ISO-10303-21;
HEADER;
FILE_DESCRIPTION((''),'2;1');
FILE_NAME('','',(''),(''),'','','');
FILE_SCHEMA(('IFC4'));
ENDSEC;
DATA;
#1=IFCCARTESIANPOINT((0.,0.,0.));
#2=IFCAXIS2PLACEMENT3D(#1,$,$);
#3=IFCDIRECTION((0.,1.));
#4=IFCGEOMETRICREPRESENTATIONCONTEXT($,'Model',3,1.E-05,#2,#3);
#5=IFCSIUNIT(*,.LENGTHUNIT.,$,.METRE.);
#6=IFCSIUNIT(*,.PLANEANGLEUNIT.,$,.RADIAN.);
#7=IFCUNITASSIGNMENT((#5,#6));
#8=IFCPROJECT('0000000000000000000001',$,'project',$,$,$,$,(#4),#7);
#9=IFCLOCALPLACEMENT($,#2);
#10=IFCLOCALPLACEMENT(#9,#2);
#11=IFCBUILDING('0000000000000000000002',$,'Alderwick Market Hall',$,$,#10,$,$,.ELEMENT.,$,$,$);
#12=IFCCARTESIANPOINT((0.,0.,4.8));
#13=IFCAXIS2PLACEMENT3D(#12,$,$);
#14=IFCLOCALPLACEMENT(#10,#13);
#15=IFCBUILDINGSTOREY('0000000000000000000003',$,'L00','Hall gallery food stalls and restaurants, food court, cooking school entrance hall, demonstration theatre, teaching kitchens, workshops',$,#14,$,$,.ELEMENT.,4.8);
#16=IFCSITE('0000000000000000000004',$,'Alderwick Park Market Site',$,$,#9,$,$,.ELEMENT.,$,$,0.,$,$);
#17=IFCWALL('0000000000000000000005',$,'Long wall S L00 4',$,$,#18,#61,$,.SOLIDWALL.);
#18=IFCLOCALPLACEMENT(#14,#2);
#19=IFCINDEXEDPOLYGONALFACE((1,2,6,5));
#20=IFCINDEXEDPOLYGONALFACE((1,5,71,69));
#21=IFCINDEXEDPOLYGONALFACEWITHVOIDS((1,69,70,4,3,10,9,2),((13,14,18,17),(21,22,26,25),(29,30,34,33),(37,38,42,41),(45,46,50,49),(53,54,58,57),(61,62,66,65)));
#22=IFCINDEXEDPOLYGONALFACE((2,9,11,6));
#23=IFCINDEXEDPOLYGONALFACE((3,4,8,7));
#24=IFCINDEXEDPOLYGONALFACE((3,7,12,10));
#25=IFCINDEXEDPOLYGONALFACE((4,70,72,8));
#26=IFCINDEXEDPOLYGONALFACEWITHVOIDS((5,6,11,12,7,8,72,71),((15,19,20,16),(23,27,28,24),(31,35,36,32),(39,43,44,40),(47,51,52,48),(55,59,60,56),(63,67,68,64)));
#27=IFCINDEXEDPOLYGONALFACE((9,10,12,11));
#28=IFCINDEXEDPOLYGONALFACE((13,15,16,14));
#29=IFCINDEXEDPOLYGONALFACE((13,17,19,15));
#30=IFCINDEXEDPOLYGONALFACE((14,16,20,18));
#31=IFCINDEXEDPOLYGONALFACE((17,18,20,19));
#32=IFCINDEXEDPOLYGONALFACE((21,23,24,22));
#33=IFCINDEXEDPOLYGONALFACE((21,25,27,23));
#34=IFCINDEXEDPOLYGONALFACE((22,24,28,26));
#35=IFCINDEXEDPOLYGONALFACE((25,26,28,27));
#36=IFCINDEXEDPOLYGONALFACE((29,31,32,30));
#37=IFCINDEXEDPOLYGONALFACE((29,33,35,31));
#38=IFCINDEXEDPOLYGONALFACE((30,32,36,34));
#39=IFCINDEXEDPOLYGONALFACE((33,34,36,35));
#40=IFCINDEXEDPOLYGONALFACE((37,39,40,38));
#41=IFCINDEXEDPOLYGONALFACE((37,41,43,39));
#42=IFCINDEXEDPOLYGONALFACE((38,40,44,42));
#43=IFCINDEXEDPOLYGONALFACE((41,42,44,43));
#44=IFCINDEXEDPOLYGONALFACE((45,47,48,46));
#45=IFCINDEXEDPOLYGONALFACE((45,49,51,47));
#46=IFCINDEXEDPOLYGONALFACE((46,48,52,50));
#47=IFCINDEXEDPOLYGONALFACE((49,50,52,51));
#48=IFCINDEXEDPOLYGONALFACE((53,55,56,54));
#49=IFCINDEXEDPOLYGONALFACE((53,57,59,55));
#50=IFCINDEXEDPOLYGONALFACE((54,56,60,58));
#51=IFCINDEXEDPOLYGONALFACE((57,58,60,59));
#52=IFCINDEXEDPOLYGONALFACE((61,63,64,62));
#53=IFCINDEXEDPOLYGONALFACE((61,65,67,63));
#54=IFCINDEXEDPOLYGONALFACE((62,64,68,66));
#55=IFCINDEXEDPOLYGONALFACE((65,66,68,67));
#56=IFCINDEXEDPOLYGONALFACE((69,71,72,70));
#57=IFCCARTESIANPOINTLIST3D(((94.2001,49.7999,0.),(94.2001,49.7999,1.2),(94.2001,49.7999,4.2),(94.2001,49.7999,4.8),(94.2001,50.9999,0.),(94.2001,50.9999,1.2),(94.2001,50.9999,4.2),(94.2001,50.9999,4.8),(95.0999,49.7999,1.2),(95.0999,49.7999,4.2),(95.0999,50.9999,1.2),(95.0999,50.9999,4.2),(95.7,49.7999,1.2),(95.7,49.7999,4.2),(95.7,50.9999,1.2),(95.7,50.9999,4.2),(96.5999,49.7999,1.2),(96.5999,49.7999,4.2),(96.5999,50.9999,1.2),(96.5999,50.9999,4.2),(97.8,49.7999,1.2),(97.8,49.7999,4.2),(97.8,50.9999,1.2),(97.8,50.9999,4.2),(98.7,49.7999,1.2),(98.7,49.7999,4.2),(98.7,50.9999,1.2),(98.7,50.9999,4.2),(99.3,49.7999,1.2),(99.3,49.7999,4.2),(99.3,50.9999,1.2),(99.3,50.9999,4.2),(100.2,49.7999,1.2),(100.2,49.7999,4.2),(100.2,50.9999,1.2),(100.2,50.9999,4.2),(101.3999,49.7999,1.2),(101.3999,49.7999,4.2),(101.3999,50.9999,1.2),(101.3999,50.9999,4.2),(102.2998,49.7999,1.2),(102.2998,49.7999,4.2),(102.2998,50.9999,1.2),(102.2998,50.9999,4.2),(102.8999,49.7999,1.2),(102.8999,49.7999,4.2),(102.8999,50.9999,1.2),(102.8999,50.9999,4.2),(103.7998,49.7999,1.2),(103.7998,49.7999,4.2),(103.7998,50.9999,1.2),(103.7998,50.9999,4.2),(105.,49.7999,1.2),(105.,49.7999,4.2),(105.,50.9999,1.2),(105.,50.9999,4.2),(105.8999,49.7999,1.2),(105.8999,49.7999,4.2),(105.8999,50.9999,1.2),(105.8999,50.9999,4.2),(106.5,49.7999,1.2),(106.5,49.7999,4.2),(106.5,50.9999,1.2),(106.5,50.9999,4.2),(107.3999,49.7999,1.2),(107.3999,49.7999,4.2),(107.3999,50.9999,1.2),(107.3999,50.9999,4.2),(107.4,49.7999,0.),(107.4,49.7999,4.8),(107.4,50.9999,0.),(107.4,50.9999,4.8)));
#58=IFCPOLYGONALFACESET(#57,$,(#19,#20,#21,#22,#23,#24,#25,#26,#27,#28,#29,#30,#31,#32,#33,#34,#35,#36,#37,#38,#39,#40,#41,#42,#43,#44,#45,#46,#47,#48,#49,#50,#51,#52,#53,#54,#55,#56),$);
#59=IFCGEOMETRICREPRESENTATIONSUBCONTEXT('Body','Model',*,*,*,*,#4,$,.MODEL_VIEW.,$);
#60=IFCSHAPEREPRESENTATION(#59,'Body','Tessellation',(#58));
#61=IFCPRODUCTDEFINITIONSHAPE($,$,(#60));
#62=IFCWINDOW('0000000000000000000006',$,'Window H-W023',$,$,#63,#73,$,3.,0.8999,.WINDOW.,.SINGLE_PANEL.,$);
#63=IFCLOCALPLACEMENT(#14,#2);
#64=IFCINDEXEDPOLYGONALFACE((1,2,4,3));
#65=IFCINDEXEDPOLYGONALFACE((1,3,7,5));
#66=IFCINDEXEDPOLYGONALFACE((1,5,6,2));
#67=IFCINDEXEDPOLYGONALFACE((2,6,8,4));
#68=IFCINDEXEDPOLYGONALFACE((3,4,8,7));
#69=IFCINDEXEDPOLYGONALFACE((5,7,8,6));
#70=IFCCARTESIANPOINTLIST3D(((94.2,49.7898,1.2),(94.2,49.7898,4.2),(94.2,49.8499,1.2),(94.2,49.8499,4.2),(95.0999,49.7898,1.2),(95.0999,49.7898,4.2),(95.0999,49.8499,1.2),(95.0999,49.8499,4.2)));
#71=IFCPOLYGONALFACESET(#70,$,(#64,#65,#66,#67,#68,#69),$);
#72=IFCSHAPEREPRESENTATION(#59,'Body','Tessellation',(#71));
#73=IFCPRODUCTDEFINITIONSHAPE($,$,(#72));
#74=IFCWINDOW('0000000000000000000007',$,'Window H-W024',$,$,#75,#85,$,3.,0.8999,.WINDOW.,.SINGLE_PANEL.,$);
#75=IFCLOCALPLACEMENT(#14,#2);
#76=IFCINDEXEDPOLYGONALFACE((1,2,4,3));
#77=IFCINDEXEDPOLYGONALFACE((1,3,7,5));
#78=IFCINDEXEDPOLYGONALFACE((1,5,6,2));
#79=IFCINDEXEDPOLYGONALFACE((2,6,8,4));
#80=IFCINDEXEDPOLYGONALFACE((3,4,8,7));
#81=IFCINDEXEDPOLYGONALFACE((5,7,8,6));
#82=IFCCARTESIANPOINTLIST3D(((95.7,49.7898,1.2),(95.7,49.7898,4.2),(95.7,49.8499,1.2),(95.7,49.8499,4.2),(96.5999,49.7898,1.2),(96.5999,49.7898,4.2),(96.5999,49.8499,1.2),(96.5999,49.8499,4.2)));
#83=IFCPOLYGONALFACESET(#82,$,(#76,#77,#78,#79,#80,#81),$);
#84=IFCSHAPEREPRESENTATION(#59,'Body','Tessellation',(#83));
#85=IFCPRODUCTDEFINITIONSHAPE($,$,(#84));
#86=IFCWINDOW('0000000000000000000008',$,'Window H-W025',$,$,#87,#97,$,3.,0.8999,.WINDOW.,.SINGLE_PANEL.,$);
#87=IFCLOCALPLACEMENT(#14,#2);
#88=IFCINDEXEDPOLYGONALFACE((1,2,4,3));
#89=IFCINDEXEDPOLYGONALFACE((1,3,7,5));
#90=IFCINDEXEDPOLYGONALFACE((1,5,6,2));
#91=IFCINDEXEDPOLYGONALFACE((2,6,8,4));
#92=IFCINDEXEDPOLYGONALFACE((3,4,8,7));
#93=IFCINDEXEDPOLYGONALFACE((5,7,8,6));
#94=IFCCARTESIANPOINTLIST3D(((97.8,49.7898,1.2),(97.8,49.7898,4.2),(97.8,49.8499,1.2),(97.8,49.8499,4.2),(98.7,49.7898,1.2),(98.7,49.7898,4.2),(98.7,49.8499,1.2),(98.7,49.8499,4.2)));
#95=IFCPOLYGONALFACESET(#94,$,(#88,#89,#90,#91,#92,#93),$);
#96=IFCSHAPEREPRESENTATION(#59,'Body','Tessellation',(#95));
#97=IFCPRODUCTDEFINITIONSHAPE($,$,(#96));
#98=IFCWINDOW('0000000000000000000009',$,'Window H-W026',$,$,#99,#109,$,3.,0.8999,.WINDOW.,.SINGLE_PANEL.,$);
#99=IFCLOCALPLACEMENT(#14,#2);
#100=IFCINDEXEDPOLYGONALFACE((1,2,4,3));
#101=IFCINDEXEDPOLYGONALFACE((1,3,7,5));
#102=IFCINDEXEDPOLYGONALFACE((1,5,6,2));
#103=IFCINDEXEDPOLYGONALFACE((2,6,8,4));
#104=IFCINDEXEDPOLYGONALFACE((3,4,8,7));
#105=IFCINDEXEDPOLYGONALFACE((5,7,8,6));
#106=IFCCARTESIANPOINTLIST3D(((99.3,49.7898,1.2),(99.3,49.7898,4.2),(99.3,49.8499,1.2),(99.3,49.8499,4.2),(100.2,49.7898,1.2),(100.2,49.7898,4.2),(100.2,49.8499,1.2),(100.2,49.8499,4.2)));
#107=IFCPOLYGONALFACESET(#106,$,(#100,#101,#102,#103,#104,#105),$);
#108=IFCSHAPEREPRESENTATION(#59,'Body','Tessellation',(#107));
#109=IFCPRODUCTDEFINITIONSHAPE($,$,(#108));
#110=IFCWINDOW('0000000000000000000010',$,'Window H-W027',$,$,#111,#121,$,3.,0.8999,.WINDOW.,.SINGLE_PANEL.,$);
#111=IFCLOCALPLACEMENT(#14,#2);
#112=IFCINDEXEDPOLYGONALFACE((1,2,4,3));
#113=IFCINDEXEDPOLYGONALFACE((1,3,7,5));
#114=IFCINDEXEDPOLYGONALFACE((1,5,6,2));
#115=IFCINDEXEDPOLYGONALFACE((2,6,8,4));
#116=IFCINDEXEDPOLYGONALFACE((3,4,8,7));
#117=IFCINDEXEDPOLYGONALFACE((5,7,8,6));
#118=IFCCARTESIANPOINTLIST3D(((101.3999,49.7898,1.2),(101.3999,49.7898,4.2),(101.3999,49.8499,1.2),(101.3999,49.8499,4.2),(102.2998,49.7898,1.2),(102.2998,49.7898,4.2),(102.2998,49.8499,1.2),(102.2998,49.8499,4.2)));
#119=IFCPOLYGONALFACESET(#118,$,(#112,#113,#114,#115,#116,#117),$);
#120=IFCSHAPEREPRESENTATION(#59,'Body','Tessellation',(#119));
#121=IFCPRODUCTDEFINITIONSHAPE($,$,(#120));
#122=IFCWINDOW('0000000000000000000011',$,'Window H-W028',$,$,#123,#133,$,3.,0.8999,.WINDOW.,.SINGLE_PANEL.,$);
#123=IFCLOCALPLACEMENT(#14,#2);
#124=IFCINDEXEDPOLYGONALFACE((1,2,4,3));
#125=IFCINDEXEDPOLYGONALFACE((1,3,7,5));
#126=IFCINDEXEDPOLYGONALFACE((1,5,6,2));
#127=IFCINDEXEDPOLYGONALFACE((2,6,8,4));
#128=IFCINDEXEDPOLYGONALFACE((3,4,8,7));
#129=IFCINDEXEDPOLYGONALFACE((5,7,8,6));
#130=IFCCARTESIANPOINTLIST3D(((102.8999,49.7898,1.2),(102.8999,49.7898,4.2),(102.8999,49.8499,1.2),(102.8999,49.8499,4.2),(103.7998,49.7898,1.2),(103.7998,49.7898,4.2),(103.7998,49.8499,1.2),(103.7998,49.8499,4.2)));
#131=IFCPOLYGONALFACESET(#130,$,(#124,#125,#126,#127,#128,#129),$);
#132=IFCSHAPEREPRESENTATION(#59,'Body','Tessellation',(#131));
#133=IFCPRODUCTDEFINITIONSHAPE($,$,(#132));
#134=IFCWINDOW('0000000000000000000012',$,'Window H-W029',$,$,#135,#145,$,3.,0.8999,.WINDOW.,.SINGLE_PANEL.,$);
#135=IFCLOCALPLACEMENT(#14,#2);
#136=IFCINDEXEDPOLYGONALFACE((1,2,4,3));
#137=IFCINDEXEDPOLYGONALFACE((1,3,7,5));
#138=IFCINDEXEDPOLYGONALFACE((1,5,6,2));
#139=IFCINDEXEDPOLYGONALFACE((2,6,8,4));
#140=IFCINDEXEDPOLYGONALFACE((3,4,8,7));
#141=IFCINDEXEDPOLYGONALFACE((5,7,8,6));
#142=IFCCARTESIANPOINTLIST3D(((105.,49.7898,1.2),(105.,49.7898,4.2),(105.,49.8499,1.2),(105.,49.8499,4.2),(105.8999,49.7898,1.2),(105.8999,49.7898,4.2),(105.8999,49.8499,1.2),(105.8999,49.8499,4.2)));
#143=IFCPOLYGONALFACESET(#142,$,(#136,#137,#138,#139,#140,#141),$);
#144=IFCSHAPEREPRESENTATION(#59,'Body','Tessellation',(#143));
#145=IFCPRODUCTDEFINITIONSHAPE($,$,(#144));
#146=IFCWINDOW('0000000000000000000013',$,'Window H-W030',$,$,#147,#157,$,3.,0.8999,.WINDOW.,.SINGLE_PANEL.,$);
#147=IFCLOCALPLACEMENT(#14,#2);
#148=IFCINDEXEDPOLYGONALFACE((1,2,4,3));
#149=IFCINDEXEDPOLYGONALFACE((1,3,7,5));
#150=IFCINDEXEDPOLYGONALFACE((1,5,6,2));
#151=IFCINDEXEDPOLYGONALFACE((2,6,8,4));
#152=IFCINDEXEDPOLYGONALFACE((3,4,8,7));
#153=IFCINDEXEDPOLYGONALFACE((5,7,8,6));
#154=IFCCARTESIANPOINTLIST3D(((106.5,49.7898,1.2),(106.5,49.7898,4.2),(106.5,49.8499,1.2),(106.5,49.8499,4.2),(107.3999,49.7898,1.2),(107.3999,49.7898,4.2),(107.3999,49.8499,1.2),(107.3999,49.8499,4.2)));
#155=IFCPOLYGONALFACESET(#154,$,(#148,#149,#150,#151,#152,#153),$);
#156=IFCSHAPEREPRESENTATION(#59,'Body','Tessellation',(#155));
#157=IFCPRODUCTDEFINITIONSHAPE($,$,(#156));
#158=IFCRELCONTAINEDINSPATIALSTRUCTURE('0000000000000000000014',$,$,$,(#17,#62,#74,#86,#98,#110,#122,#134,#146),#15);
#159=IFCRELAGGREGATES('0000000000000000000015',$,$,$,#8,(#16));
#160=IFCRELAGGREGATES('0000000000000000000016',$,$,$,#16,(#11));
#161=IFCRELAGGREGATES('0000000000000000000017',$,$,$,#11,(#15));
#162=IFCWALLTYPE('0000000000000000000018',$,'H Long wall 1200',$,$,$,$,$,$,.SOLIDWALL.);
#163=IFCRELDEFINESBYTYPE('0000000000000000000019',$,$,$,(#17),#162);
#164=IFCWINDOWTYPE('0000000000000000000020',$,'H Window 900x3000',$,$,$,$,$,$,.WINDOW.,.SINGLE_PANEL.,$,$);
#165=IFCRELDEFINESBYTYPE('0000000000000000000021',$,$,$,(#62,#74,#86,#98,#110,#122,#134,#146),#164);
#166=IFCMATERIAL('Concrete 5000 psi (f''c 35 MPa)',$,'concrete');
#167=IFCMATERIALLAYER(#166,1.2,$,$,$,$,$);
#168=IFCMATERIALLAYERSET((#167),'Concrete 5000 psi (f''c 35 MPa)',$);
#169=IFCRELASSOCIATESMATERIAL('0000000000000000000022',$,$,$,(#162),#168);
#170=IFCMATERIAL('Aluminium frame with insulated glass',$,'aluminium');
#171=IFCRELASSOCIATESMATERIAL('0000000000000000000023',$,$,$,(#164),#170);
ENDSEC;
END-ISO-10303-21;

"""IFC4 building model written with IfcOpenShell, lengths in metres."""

from ifc_helpers import new_model, si_unit, direction, frame, frame_2d, origin, place, context, subcontext, project, spatial, rectangle, extrude, material, layer, layer_set, type_object, element, fill, save


model = new_model("IFC4")

# Units and contexts
model_context = context("Model", 3, precision=1e-05, world=origin(), true_north=direction((0.0, 1.0)))
body_context = subcontext(model_context, "Body", "Model", "MODEL_VIEW")
ifc_project = project(units=[si_unit("LENGTHUNIT", "METRE"), si_unit("PLANEANGLEUNIT", "RADIAN")], contexts=[model_context])

# Site, building, storey
site_placement = place(None, origin())
site = spatial("IfcSite", under=ifc_project, at=site_placement, Name="Alderwick Park Market Site", CompositionType="ELEMENT", RefElevation=0.0)
building_placement = place(site_placement, origin())
building = spatial("IfcBuilding", under=site, at=building_placement, Name="Alderwick Market Hall", CompositionType="ELEMENT")
storey_placement = place(building_placement, frame((0.0, 0.0, 4.8)))
storey = spatial("IfcBuildingStorey", under=building, at=storey_placement, Name="L00", Description="Hall gallery food stalls and restaurants, food court, cooking school entrance hall, demonstration theatre, teaching kitchens, workshops", CompositionType="ELEMENT", Elevation=4.8)

# Shared definitions
ifc_material_1 = material(Name="Concrete 5000 psi (f'c 35 MPa)", Category="concrete")

# Wall, openings, windows
ifc_layer_1 = layer(ifc_material_1, 1.2)
ifc_layer_set_1 = layer_set([ifc_layer_1], Name="Concrete 5000 psi (f'c 35 MPa)")
wall_type_1 = type_object("IfcWallType", Name="H Long wall 1200", PredefinedType="SOLIDWALL", material=ifc_layer_set_1)
wall_1_placement = place(storey_placement, frame((94.2, 50.3999, 0.0), z_axis=(0.0, 0.0, 1.0), x_axis=(1.0, 0.0, 0.0)))
wall_1 = element("IfcWall", 1, at=wall_1_placement, inside=storey, type_object=wall_type_1, Name="Long wall S L00 4", PredefinedType="SOLIDWALL", context=body_context, shape_type="SweptSolid", body=[
    extrude(rectangle(XDim=13.2, YDim=1.2, at=frame_2d((6.6001, 0.0))), origin(), (0.0, 0.0, 1.0), 4.8),
])
opening_1_placement = place(wall_1_placement, frame((0.0, 0.0, 1.2)))
opening_1 = element("IfcOpeningElement", 2, at=opening_1_placement, cuts=wall_1, PredefinedType="OPENING", context=body_context, shape_type="SweptSolid", body=[
    extrude(rectangle(XDim=0.8999, YDim=3.0, at=frame_2d((0.45, 1.5))), frame((0.0, 0.6099, 0.0), z_axis=(0.0, -1.0, 0.0), x_axis=(1.0, 0.0, 0.0)), (0.0, 0.0, 1.0), 1.22),
])
opening_2_placement = place(wall_1_placement, frame((1.5, 0.0, 1.2)))
opening_2 = element("IfcOpeningElement", 3, at=opening_2_placement, cuts=wall_1, PredefinedType="OPENING", context=body_context, shape_type="SweptSolid", body=[
    extrude(rectangle(XDim=0.8999, YDim=3.0, at=frame_2d((0.45, 1.5))), frame((0.0, 0.6099, 0.0), z_axis=(0.0, -1.0, 0.0), x_axis=(1.0, 0.0, 0.0)), (0.0, 0.0, 1.0), 1.22),
])
opening_3_placement = place(wall_1_placement, frame((3.6001, 0.0, 1.2)))
opening_3 = element("IfcOpeningElement", 4, at=opening_3_placement, cuts=wall_1, PredefinedType="OPENING", context=body_context, shape_type="SweptSolid", body=[
    extrude(rectangle(XDim=0.8999, YDim=3.0, at=frame_2d((0.45, 1.5))), frame((0.0, 0.6099, 0.0), z_axis=(0.0, -1.0, 0.0), x_axis=(1.0, 0.0, 0.0)), (0.0, 0.0, 1.0), 1.22),
])
opening_4_placement = place(wall_1_placement, frame((5.1001, 0.0, 1.2)))
opening_4 = element("IfcOpeningElement", 5, at=opening_4_placement, cuts=wall_1, PredefinedType="OPENING", context=body_context, shape_type="SweptSolid", body=[
    extrude(rectangle(XDim=0.8999, YDim=3.0, at=frame_2d((0.45, 1.5))), frame((0.0, 0.6099, 0.0), z_axis=(0.0, -1.0, 0.0), x_axis=(1.0, 0.0, 0.0)), (0.0, 0.0, 1.0), 1.22),
])
opening_5_placement = place(wall_1_placement, frame((7.2, 0.0, 1.2)))
opening_5 = element("IfcOpeningElement", 6, at=opening_5_placement, cuts=wall_1, PredefinedType="OPENING", context=body_context, shape_type="SweptSolid", body=[
    extrude(rectangle(XDim=0.8999, YDim=3.0, at=frame_2d((0.45, 1.5))), frame((0.0, 0.6099, 0.0), z_axis=(0.0, -1.0, 0.0), x_axis=(1.0, 0.0, 0.0)), (0.0, 0.0, 1.0), 1.22),
])
opening_6_placement = place(wall_1_placement, frame((8.7, 0.0, 1.2)))
opening_6 = element("IfcOpeningElement", 7, at=opening_6_placement, cuts=wall_1, PredefinedType="OPENING", context=body_context, shape_type="SweptSolid", body=[
    extrude(rectangle(XDim=0.8999, YDim=3.0, at=frame_2d((0.45, 1.5))), frame((0.0, 0.6099, 0.0), z_axis=(0.0, -1.0, 0.0), x_axis=(1.0, 0.0, 0.0)), (0.0, 0.0, 1.0), 1.22),
])
opening_7_placement = place(wall_1_placement, frame((10.8, 0.0, 1.2)))
opening_7 = element("IfcOpeningElement", 8, at=opening_7_placement, cuts=wall_1, PredefinedType="OPENING", context=body_context, shape_type="SweptSolid", body=[
    extrude(rectangle(XDim=0.8999, YDim=3.0, at=frame_2d((0.45, 1.5))), frame((0.0, 0.6099, 0.0), z_axis=(0.0, -1.0, 0.0), x_axis=(1.0, 0.0, 0.0)), (0.0, 0.0, 1.0), 1.22),
])
opening_8_placement = place(wall_1_placement, frame((12.3, 0.0, 1.2)))
opening_8 = element("IfcOpeningElement", 9, at=opening_8_placement, cuts=wall_1, PredefinedType="OPENING", context=body_context, shape_type="SweptSolid", body=[
    extrude(rectangle(XDim=0.8999, YDim=3.0, at=frame_2d((0.45, 1.5))), frame((0.0, 0.6099, 0.0), z_axis=(0.0, -1.0, 0.0), x_axis=(1.0, 0.0, 0.0)), (0.0, 0.0, 1.0), 1.22),
])
ifc_material_2 = material(Name="Aluminium frame with insulated glass", Category="aluminium")
window_type = type_object("IfcWindowType", Name="H Window 900x3000", PartitioningType="SINGLE_PANEL", PredefinedType="WINDOW", material=ifc_material_2)
window_1_placement = place(opening_1_placement, origin())
window_1 = element("IfcWindow", 10, at=window_1_placement, inside=storey, type_object=window_type, Name="Window H-W023", OverallHeight=3.0, OverallWidth=0.8999, PartitioningType="SINGLE_PANEL", PredefinedType="WINDOW", context=body_context, shape_type="SweptSolid", body=[
    extrude(rectangle(XDim=0.8999, YDim=3.0, at=frame_2d((0.45, 1.5))), frame((0.0, -0.55, 0.0), z_axis=(0.0, -1.0, 0.0), x_axis=(1.0, 0.0, 0.0)), (0.0, 0.0, 1.0), 0.0601),
])
fill(opening_1, window_1)
window_2_placement = place(opening_2_placement, origin())
window_2 = element("IfcWindow", 11, at=window_2_placement, inside=storey, type_object=window_type, Name="Window H-W024", OverallHeight=3.0, OverallWidth=0.8999, PartitioningType="SINGLE_PANEL", PredefinedType="WINDOW", context=body_context, shape_type="SweptSolid", body=[
    extrude(rectangle(XDim=0.8999, YDim=3.0, at=frame_2d((0.45, 1.5))), frame((0.0, -0.55, 0.0), z_axis=(0.0, -1.0, 0.0), x_axis=(1.0, 0.0, 0.0)), (0.0, 0.0, 1.0), 0.0601),
])
fill(opening_2, window_2)
window_3_placement = place(opening_3_placement, origin())
window_3 = element("IfcWindow", 12, at=window_3_placement, inside=storey, type_object=window_type, Name="Window H-W025", OverallHeight=3.0, OverallWidth=0.8999, PartitioningType="SINGLE_PANEL", PredefinedType="WINDOW", context=body_context, shape_type="SweptSolid", body=[
    extrude(rectangle(XDim=0.8999, YDim=3.0, at=frame_2d((0.45, 1.5))), frame((0.0, -0.55, 0.0), z_axis=(0.0, -1.0, 0.0), x_axis=(1.0, 0.0, 0.0)), (0.0, 0.0, 1.0), 0.0601),
])
fill(opening_3, window_3)
window_4_placement = place(opening_4_placement, origin())
window_4 = element("IfcWindow", 13, at=window_4_placement, inside=storey, type_object=window_type, Name="Window H-W026", OverallHeight=3.0, OverallWidth=0.8999, PartitioningType="SINGLE_PANEL", PredefinedType="WINDOW", context=body_context, shape_type="SweptSolid", body=[
    extrude(rectangle(XDim=0.8999, YDim=3.0, at=frame_2d((0.45, 1.5))), frame((0.0, -0.55, 0.0), z_axis=(0.0, -1.0, 0.0), x_axis=(1.0, 0.0, 0.0)), (0.0, 0.0, 1.0), 0.0601),
])
fill(opening_4, window_4)
window_5_placement = place(opening_5_placement, origin())
window_5 = element("IfcWindow", 14, at=window_5_placement, inside=storey, type_object=window_type, Name="Window H-W027", OverallHeight=3.0, OverallWidth=0.8999, PartitioningType="SINGLE_PANEL", PredefinedType="WINDOW", context=body_context, shape_type="SweptSolid", body=[
    extrude(rectangle(XDim=0.8999, YDim=3.0, at=frame_2d((0.45, 1.5))), frame((0.0, -0.55, 0.0), z_axis=(0.0, -1.0, 0.0), x_axis=(1.0, 0.0, 0.0)), (0.0, 0.0, 1.0), 0.0601),
])
fill(opening_5, window_5)
window_6_placement = place(opening_6_placement, origin())
window_6 = element("IfcWindow", 15, at=window_6_placement, inside=storey, type_object=window_type, Name="Window H-W028", OverallHeight=3.0, OverallWidth=0.8999, PartitioningType="SINGLE_PANEL", PredefinedType="WINDOW", context=body_context, shape_type="SweptSolid", body=[
    extrude(rectangle(XDim=0.8999, YDim=3.0, at=frame_2d((0.45, 1.5))), frame((0.0, -0.55, 0.0), z_axis=(0.0, -1.0, 0.0), x_axis=(1.0, 0.0, 0.0)), (0.0, 0.0, 1.0), 0.0601),
])
fill(opening_6, window_6)
window_7_placement = place(opening_7_placement, origin())
window_7 = element("IfcWindow", 16, at=window_7_placement, inside=storey, type_object=window_type, Name="Window H-W029", OverallHeight=3.0, OverallWidth=0.8999, PartitioningType="SINGLE_PANEL", PredefinedType="WINDOW", context=body_context, shape_type="SweptSolid", body=[
    extrude(rectangle(XDim=0.8999, YDim=3.0, at=frame_2d((0.45, 1.5))), frame((0.0, -0.55, 0.0), z_axis=(0.0, -1.0, 0.0), x_axis=(1.0, 0.0, 0.0)), (0.0, 0.0, 1.0), 0.0601),
])
fill(opening_7, window_7)
window_8_placement = place(opening_8_placement, origin())
window_8 = element("IfcWindow", 17, at=window_8_placement, inside=storey, type_object=window_type, Name="Window H-W030", OverallHeight=3.0, OverallWidth=0.8999, PartitioningType="SINGLE_PANEL", PredefinedType="WINDOW", context=body_context, shape_type="SweptSolid", body=[
    extrude(rectangle(XDim=0.8999, YDim=3.0, at=frame_2d((0.45, 1.5))), frame((0.0, -0.55, 0.0), z_axis=(0.0, -1.0, 0.0), x_axis=(1.0, 0.0, 0.0)), (0.0, 0.0, 1.0), 0.0601),
])
fill(opening_8, window_8)

save(model, "model.ifc")
